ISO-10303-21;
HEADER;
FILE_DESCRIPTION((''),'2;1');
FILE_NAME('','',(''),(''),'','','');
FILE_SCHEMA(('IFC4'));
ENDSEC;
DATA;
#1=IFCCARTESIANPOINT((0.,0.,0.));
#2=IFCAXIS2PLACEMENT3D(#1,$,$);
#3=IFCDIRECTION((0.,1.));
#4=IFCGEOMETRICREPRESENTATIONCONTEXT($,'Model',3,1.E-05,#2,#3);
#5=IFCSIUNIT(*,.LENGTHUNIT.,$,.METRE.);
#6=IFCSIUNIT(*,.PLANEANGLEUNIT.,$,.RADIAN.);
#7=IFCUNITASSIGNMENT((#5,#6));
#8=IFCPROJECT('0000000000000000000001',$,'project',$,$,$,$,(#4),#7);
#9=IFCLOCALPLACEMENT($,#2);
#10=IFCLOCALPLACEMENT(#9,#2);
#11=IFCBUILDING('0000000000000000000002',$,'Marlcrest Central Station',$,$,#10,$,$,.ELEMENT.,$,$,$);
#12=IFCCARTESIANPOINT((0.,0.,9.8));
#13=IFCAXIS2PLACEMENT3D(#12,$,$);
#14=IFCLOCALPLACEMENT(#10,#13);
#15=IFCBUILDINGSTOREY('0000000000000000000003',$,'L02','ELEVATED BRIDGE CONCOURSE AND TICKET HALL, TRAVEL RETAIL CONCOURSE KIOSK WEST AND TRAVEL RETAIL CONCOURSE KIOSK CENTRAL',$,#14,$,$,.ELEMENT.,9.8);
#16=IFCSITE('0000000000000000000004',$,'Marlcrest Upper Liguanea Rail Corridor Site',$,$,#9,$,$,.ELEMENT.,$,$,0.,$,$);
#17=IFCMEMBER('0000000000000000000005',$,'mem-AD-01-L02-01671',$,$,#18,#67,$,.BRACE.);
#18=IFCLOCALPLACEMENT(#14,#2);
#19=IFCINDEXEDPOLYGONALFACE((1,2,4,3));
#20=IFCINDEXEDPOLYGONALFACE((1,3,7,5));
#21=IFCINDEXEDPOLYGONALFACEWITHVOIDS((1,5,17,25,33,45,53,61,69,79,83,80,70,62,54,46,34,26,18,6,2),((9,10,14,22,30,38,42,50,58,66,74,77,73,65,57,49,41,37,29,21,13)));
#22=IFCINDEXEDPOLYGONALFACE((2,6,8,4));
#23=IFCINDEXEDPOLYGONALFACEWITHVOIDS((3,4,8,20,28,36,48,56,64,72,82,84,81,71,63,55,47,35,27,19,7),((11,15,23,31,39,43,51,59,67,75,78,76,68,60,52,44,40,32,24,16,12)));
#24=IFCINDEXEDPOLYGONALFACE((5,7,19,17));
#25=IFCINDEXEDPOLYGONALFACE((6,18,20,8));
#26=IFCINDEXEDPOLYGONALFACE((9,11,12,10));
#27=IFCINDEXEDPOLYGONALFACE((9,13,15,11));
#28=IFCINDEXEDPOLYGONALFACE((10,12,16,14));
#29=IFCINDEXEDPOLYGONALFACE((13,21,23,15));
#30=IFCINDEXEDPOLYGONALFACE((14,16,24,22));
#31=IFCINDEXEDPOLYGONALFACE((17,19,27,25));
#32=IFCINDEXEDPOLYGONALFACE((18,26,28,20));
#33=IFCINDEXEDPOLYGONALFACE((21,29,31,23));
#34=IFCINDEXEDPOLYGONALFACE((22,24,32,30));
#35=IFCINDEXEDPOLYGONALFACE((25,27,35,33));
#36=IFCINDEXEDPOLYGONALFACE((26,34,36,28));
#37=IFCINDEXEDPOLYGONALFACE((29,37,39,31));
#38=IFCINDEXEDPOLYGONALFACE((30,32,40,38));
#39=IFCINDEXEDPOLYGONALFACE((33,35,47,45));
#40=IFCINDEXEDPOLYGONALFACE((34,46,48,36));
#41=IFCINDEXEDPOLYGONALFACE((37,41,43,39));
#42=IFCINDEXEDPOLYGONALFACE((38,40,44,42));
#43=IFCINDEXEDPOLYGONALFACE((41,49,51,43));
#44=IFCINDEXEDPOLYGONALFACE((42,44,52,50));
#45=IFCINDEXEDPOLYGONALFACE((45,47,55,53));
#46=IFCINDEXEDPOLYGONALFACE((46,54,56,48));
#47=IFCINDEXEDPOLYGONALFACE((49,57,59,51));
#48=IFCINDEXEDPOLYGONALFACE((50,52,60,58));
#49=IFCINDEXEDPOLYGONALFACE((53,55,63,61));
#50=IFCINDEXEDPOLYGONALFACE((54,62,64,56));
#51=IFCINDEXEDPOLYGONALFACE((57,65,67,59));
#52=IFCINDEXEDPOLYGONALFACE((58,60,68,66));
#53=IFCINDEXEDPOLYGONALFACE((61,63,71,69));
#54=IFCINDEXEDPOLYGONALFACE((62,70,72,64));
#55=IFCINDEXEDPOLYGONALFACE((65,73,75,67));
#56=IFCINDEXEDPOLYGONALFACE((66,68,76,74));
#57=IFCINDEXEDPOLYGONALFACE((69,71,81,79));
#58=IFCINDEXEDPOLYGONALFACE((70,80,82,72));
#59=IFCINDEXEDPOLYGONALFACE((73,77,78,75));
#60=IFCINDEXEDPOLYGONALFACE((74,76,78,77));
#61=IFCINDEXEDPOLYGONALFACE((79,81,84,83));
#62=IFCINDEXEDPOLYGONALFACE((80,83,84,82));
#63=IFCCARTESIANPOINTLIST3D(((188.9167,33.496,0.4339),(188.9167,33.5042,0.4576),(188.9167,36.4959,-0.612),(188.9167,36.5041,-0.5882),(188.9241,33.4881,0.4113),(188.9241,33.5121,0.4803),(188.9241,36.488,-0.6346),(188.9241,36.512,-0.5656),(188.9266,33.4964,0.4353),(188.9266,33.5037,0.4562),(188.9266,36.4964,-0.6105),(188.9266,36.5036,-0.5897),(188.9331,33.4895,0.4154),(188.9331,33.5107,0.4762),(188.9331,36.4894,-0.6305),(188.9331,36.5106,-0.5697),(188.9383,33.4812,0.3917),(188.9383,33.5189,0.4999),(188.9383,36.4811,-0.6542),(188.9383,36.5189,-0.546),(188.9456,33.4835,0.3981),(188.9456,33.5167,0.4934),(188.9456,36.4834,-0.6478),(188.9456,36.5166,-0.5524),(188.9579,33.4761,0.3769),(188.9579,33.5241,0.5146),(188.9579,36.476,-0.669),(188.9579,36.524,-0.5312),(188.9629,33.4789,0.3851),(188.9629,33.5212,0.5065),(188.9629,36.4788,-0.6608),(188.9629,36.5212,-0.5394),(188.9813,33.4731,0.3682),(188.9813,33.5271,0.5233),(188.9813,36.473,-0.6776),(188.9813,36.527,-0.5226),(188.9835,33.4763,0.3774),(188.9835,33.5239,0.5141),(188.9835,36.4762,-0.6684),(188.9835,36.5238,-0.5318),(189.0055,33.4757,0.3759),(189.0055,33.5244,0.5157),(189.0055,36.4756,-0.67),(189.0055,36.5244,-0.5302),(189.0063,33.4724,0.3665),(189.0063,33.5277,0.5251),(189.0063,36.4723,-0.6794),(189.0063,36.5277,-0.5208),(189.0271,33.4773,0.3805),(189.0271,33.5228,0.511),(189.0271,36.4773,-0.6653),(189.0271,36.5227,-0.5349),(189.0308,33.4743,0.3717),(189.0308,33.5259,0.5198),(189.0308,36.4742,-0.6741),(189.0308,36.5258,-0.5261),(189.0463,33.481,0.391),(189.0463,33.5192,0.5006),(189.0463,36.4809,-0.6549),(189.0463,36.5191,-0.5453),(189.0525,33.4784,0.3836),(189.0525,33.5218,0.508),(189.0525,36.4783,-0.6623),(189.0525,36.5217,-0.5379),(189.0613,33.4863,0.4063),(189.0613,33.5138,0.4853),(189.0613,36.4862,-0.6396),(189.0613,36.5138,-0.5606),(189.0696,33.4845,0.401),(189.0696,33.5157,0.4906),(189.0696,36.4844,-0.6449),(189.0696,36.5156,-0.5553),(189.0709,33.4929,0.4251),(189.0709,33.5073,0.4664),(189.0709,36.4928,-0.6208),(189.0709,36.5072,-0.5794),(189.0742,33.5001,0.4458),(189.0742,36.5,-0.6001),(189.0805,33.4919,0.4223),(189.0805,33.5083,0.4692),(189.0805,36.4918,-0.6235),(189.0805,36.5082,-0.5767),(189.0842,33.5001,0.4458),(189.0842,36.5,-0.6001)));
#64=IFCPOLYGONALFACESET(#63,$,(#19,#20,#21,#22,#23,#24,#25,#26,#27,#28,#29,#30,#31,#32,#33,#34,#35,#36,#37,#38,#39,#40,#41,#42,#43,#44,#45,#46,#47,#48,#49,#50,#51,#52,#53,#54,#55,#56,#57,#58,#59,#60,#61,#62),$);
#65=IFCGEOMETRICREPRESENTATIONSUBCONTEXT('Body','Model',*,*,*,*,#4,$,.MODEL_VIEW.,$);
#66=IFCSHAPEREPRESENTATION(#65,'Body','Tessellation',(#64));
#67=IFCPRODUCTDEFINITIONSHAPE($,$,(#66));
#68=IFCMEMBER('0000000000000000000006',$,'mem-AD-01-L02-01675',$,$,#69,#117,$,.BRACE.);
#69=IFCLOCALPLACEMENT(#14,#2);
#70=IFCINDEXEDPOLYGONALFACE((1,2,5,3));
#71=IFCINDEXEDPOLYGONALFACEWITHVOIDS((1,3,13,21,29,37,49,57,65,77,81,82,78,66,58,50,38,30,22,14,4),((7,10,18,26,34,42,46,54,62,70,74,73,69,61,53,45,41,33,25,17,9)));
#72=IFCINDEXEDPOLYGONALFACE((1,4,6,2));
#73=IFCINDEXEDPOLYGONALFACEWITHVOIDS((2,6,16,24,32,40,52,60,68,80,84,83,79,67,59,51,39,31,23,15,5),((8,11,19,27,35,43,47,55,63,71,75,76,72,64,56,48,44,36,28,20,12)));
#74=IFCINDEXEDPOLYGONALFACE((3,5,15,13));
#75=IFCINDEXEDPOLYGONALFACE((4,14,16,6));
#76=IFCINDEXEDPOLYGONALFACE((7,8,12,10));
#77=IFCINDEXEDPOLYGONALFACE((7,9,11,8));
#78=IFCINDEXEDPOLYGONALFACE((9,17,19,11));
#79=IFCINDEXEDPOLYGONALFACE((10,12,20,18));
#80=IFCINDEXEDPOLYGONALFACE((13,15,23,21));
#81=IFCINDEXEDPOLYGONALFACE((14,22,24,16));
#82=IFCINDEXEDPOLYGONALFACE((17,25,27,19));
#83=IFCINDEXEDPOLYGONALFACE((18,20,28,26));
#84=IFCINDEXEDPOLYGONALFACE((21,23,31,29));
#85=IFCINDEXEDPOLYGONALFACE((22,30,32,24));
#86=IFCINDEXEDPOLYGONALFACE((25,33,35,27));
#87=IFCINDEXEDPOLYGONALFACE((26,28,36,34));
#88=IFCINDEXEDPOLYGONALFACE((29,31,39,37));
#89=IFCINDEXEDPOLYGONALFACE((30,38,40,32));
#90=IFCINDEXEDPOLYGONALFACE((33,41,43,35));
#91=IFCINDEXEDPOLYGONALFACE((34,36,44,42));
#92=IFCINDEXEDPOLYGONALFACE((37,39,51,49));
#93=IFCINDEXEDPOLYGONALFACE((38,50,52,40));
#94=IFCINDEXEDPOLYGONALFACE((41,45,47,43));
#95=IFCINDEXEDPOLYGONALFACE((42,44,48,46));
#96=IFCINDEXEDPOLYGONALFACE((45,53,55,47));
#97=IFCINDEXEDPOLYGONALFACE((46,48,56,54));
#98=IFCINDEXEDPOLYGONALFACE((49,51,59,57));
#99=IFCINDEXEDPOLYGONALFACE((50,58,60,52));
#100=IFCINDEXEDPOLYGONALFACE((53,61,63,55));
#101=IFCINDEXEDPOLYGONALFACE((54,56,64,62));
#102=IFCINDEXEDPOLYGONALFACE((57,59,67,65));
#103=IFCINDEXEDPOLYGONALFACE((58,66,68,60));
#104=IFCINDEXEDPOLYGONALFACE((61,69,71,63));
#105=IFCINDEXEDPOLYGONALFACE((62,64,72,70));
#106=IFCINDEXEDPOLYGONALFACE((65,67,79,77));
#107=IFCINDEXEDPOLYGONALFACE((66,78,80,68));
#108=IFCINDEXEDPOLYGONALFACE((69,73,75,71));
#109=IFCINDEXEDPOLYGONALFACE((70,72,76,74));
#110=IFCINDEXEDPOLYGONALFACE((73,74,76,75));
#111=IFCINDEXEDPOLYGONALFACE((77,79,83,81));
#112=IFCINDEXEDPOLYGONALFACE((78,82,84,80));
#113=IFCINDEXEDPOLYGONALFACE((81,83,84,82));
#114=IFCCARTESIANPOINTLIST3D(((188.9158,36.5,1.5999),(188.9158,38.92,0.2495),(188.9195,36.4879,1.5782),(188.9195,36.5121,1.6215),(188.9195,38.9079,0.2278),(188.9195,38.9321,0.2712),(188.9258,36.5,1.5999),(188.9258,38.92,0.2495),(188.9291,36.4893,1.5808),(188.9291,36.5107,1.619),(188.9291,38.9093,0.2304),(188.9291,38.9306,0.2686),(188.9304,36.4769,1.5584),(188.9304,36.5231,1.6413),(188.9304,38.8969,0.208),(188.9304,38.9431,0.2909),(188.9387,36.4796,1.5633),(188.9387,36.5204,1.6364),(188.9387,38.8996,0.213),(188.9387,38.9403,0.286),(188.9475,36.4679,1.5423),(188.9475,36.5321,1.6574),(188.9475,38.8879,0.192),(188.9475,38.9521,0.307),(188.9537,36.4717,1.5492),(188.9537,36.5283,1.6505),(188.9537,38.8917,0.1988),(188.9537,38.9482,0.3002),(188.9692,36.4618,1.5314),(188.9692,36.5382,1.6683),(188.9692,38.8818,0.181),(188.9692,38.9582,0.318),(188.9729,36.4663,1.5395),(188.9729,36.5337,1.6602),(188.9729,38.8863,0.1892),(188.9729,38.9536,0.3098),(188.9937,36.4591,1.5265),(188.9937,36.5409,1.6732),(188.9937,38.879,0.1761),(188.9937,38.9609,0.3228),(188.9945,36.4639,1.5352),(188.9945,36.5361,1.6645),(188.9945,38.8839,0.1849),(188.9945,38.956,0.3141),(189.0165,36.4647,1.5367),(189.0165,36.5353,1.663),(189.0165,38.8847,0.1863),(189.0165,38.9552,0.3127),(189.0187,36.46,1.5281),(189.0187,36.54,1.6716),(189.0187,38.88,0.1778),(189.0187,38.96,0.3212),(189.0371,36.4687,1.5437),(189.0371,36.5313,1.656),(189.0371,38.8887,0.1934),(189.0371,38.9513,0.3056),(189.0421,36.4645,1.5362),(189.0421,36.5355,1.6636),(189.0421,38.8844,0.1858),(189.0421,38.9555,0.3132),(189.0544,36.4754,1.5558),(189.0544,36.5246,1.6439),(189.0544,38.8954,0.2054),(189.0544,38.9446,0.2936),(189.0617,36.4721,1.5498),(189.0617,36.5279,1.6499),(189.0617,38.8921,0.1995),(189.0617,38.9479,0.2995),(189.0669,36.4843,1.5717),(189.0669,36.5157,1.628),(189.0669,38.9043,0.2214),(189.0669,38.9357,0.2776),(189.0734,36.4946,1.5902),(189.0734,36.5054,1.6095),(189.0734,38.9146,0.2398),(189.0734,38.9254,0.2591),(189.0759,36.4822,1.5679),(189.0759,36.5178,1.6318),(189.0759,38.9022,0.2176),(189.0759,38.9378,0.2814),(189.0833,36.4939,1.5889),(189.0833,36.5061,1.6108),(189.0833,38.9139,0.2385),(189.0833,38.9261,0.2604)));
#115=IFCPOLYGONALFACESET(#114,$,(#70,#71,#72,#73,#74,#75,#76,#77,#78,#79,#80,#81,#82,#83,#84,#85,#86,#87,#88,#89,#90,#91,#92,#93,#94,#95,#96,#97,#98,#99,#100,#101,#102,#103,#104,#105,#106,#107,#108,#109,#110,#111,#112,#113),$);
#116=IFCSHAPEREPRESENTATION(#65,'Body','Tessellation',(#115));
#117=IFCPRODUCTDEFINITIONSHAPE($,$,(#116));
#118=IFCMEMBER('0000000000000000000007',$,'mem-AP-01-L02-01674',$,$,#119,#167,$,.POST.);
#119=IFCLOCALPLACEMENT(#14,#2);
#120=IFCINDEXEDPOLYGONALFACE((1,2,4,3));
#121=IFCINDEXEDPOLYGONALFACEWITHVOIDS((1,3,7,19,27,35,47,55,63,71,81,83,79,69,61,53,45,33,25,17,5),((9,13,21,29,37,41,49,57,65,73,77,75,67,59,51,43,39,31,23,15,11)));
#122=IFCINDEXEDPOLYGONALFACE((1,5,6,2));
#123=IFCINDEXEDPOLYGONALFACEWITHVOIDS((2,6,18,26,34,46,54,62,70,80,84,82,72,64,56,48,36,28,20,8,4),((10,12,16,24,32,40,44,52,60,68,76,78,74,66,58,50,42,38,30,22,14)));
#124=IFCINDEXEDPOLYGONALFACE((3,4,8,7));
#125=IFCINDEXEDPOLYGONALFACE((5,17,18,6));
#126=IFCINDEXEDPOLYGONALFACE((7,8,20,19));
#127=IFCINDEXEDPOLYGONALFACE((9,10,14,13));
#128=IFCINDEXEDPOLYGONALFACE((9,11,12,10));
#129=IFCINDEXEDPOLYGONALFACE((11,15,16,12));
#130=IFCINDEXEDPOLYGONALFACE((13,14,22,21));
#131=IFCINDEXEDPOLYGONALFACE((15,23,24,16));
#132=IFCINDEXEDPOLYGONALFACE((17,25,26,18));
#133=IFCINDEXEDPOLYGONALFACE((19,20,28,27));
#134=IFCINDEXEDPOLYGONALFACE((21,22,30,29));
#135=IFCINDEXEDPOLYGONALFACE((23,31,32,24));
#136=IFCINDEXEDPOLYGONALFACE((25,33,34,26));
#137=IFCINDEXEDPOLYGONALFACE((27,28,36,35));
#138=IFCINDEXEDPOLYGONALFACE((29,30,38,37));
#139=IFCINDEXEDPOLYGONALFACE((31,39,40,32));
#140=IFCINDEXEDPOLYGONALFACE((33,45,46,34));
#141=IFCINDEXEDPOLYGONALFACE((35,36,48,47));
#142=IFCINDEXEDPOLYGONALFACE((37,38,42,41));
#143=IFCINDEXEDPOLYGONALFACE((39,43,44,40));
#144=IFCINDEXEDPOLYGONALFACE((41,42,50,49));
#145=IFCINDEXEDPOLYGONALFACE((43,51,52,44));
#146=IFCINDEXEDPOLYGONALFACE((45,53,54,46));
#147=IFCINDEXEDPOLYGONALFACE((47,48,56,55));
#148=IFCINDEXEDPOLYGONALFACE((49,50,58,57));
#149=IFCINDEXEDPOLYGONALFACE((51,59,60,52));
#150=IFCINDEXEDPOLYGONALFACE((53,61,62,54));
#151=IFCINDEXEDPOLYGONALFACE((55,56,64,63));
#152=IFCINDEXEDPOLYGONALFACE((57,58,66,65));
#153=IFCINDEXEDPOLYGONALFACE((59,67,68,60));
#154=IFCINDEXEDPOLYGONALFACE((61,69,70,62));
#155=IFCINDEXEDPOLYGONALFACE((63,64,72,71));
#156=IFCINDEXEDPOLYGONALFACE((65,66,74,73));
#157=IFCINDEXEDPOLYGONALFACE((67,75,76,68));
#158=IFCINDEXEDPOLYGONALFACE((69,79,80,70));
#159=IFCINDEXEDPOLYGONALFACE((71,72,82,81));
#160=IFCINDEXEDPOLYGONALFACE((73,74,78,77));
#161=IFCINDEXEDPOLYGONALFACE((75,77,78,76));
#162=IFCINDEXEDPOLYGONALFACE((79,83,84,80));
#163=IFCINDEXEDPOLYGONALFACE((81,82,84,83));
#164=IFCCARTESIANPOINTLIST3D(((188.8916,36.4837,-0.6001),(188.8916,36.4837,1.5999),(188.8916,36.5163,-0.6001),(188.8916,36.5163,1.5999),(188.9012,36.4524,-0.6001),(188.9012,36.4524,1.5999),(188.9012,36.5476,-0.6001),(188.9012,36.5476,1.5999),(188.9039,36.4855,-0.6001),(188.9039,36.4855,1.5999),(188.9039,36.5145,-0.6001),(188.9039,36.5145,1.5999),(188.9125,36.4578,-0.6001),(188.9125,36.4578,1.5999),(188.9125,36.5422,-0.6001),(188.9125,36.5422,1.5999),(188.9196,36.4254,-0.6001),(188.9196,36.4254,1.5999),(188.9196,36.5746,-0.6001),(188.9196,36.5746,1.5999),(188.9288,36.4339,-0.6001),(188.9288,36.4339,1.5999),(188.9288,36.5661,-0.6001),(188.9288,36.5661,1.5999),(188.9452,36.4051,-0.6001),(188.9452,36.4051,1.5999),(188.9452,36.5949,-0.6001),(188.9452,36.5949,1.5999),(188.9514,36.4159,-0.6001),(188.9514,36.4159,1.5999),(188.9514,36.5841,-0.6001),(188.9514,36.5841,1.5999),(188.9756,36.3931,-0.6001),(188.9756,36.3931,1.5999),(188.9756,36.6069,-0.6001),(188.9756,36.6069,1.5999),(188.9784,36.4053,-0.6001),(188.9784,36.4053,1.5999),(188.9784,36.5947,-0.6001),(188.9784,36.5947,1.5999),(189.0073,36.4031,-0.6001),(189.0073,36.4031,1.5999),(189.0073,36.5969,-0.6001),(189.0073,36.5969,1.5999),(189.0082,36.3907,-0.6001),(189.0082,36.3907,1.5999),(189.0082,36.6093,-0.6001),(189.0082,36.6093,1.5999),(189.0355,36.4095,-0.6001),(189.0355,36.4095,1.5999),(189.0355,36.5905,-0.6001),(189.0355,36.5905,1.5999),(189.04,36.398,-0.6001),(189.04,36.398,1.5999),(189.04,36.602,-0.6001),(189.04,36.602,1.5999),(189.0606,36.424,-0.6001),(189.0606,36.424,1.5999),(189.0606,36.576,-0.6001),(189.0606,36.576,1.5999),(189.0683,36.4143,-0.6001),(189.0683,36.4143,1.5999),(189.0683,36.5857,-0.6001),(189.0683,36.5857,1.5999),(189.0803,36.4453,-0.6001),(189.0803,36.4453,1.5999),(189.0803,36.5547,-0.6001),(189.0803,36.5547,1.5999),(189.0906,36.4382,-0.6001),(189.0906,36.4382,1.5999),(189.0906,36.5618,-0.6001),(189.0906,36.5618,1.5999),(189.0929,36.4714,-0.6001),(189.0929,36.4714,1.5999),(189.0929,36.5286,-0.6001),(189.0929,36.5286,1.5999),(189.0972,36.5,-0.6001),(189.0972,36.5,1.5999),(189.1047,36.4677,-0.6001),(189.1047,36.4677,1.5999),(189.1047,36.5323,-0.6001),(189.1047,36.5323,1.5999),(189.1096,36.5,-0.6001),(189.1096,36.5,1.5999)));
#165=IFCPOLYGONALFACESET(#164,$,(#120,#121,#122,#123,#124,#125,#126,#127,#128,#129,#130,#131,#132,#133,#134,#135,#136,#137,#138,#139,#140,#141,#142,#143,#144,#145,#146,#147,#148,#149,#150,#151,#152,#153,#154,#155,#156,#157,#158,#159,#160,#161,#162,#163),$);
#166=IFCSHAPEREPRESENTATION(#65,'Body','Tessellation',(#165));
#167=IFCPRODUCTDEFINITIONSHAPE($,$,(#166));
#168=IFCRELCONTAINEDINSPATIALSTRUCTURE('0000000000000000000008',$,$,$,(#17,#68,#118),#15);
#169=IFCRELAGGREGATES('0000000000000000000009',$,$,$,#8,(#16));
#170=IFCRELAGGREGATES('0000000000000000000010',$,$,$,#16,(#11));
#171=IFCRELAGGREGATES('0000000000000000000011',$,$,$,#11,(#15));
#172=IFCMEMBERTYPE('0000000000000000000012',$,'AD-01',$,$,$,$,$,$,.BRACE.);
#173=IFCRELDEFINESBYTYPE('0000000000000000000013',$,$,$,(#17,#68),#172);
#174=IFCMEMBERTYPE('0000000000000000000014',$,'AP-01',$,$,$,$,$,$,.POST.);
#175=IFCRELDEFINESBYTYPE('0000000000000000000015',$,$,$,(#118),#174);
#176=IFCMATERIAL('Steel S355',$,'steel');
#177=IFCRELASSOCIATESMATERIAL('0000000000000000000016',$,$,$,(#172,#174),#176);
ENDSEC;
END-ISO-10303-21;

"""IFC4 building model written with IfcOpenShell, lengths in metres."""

from ifc_helpers import new_model, si_unit, direction, frame, origin, origin_2d, place, context, subcontext, project, spatial, hollow_circle, extrude, material, material_profile, profile_set, type_object, element, save


model = new_model("IFC4")

# Units and contexts
model_context = context("Model", 3, precision=1e-05, world=origin(), true_north=direction((0.0, 1.0)))
body_context = subcontext(model_context, "Body", "Model", "MODEL_VIEW")
ifc_project = project(units=[si_unit("LENGTHUNIT", "METRE"), si_unit("PLANEANGLEUNIT", "RADIAN")], contexts=[model_context])

# Site, building, storey
site_placement = place(None, origin())
site = spatial("IfcSite", under=ifc_project, at=site_placement, Name="Marlcrest Upper Liguanea Rail Corridor Site", CompositionType="ELEMENT", RefElevation=0.0)
building_placement = place(site_placement, origin())
building = spatial("IfcBuilding", under=site, at=building_placement, Name="Marlcrest Central Station", CompositionType="ELEMENT")
storey_placement = place(building_placement, frame((0.0, 0.0, 9.8)))
storey = spatial("IfcBuildingStorey", under=building, at=storey_placement, Name="L02", Description="ELEVATED BRIDGE CONCOURSE AND TICKET HALL, TRAVEL RETAIL CONCOURSE KIOSK WEST AND TRAVEL RETAIL CONCOURSE KIOSK CENTRAL", CompositionType="ELEMENT", Elevation=9.8)

# Members
ifc_material_1 = material(Name="Steel S355", Category="steel")
ifc_material_profile_1 = material_profile(ifc_material_1, hollow_circle(Radius=0.0842, WallThickness=0.01, at=origin_2d()), Name="CHS 168.3x10")
ifc_profile_set_1 = profile_set([ifc_material_profile_1], Name="Steel S355")
member_type_1 = type_object("IfcMemberType", Name="AD-01", PredefinedType="BRACE", material=ifc_profile_set_1)
member_1_placement = place(storey_placement, frame((189.0, 36.5, -0.6001), z_axis=(0.0, -0.94426, 0.3292), x_axis=(1.0, 0.0, 0.0)))
element("IfcMember", 1, at=member_1_placement, inside=storey, type_object=member_type_1, Name="mem-AD-01-L02-01671", PredefinedType="BRACE", context=body_context, shape_type="SweptSolid", body=[
    extrude(hollow_circle(Radius=0.0842, WallThickness=0.01, at=origin_2d()), origin(), (0.0, 0.0, 1.0), 3.177),
])
member_2_placement = place(storey_placement, frame((189.0, 36.5, 1.5999), z_axis=(0.0, 0.873246, -0.48728), x_axis=(-1.0, 0.0, 0.0)))
element("IfcMember", 2, at=member_2_placement, inside=storey, type_object=member_type_1, Name="mem-AD-01-L02-01675", PredefinedType="BRACE", context=body_context, shape_type="SweptSolid", body=[
    extrude(hollow_circle(Radius=0.0842, WallThickness=0.01, at=origin_2d()), origin(), (0.0, 0.0, 1.0), 2.7712),
])
ifc_material_profile_2 = material_profile(ifc_material_1, hollow_circle(Radius=0.1096, WallThickness=0.0125, at=origin_2d()), Name="CHS 219.1x12.5")
ifc_profile_set_2 = profile_set([ifc_material_profile_2], Name="Steel S355")
member_type_2 = type_object("IfcMemberType", Name="AP-01", PredefinedType="POST", material=ifc_profile_set_2)
member_3_placement = place(storey_placement, frame((189.0, 36.5, -0.6001), z_axis=(0.0, 0.0, 1.0), x_axis=(1.0, 0.0, 0.0)))
element("IfcMember", 3, at=member_3_placement, inside=storey, type_object=member_type_2, Name="mem-AP-01-L02-01674", PredefinedType="POST", context=body_context, shape_type="SweptSolid", body=[
    extrude(hollow_circle(Radius=0.1096, WallThickness=0.0125, at=origin_2d()), origin(), (0.0, 0.0, 1.0), 2.2),
])

save(model, "model.ifc")
